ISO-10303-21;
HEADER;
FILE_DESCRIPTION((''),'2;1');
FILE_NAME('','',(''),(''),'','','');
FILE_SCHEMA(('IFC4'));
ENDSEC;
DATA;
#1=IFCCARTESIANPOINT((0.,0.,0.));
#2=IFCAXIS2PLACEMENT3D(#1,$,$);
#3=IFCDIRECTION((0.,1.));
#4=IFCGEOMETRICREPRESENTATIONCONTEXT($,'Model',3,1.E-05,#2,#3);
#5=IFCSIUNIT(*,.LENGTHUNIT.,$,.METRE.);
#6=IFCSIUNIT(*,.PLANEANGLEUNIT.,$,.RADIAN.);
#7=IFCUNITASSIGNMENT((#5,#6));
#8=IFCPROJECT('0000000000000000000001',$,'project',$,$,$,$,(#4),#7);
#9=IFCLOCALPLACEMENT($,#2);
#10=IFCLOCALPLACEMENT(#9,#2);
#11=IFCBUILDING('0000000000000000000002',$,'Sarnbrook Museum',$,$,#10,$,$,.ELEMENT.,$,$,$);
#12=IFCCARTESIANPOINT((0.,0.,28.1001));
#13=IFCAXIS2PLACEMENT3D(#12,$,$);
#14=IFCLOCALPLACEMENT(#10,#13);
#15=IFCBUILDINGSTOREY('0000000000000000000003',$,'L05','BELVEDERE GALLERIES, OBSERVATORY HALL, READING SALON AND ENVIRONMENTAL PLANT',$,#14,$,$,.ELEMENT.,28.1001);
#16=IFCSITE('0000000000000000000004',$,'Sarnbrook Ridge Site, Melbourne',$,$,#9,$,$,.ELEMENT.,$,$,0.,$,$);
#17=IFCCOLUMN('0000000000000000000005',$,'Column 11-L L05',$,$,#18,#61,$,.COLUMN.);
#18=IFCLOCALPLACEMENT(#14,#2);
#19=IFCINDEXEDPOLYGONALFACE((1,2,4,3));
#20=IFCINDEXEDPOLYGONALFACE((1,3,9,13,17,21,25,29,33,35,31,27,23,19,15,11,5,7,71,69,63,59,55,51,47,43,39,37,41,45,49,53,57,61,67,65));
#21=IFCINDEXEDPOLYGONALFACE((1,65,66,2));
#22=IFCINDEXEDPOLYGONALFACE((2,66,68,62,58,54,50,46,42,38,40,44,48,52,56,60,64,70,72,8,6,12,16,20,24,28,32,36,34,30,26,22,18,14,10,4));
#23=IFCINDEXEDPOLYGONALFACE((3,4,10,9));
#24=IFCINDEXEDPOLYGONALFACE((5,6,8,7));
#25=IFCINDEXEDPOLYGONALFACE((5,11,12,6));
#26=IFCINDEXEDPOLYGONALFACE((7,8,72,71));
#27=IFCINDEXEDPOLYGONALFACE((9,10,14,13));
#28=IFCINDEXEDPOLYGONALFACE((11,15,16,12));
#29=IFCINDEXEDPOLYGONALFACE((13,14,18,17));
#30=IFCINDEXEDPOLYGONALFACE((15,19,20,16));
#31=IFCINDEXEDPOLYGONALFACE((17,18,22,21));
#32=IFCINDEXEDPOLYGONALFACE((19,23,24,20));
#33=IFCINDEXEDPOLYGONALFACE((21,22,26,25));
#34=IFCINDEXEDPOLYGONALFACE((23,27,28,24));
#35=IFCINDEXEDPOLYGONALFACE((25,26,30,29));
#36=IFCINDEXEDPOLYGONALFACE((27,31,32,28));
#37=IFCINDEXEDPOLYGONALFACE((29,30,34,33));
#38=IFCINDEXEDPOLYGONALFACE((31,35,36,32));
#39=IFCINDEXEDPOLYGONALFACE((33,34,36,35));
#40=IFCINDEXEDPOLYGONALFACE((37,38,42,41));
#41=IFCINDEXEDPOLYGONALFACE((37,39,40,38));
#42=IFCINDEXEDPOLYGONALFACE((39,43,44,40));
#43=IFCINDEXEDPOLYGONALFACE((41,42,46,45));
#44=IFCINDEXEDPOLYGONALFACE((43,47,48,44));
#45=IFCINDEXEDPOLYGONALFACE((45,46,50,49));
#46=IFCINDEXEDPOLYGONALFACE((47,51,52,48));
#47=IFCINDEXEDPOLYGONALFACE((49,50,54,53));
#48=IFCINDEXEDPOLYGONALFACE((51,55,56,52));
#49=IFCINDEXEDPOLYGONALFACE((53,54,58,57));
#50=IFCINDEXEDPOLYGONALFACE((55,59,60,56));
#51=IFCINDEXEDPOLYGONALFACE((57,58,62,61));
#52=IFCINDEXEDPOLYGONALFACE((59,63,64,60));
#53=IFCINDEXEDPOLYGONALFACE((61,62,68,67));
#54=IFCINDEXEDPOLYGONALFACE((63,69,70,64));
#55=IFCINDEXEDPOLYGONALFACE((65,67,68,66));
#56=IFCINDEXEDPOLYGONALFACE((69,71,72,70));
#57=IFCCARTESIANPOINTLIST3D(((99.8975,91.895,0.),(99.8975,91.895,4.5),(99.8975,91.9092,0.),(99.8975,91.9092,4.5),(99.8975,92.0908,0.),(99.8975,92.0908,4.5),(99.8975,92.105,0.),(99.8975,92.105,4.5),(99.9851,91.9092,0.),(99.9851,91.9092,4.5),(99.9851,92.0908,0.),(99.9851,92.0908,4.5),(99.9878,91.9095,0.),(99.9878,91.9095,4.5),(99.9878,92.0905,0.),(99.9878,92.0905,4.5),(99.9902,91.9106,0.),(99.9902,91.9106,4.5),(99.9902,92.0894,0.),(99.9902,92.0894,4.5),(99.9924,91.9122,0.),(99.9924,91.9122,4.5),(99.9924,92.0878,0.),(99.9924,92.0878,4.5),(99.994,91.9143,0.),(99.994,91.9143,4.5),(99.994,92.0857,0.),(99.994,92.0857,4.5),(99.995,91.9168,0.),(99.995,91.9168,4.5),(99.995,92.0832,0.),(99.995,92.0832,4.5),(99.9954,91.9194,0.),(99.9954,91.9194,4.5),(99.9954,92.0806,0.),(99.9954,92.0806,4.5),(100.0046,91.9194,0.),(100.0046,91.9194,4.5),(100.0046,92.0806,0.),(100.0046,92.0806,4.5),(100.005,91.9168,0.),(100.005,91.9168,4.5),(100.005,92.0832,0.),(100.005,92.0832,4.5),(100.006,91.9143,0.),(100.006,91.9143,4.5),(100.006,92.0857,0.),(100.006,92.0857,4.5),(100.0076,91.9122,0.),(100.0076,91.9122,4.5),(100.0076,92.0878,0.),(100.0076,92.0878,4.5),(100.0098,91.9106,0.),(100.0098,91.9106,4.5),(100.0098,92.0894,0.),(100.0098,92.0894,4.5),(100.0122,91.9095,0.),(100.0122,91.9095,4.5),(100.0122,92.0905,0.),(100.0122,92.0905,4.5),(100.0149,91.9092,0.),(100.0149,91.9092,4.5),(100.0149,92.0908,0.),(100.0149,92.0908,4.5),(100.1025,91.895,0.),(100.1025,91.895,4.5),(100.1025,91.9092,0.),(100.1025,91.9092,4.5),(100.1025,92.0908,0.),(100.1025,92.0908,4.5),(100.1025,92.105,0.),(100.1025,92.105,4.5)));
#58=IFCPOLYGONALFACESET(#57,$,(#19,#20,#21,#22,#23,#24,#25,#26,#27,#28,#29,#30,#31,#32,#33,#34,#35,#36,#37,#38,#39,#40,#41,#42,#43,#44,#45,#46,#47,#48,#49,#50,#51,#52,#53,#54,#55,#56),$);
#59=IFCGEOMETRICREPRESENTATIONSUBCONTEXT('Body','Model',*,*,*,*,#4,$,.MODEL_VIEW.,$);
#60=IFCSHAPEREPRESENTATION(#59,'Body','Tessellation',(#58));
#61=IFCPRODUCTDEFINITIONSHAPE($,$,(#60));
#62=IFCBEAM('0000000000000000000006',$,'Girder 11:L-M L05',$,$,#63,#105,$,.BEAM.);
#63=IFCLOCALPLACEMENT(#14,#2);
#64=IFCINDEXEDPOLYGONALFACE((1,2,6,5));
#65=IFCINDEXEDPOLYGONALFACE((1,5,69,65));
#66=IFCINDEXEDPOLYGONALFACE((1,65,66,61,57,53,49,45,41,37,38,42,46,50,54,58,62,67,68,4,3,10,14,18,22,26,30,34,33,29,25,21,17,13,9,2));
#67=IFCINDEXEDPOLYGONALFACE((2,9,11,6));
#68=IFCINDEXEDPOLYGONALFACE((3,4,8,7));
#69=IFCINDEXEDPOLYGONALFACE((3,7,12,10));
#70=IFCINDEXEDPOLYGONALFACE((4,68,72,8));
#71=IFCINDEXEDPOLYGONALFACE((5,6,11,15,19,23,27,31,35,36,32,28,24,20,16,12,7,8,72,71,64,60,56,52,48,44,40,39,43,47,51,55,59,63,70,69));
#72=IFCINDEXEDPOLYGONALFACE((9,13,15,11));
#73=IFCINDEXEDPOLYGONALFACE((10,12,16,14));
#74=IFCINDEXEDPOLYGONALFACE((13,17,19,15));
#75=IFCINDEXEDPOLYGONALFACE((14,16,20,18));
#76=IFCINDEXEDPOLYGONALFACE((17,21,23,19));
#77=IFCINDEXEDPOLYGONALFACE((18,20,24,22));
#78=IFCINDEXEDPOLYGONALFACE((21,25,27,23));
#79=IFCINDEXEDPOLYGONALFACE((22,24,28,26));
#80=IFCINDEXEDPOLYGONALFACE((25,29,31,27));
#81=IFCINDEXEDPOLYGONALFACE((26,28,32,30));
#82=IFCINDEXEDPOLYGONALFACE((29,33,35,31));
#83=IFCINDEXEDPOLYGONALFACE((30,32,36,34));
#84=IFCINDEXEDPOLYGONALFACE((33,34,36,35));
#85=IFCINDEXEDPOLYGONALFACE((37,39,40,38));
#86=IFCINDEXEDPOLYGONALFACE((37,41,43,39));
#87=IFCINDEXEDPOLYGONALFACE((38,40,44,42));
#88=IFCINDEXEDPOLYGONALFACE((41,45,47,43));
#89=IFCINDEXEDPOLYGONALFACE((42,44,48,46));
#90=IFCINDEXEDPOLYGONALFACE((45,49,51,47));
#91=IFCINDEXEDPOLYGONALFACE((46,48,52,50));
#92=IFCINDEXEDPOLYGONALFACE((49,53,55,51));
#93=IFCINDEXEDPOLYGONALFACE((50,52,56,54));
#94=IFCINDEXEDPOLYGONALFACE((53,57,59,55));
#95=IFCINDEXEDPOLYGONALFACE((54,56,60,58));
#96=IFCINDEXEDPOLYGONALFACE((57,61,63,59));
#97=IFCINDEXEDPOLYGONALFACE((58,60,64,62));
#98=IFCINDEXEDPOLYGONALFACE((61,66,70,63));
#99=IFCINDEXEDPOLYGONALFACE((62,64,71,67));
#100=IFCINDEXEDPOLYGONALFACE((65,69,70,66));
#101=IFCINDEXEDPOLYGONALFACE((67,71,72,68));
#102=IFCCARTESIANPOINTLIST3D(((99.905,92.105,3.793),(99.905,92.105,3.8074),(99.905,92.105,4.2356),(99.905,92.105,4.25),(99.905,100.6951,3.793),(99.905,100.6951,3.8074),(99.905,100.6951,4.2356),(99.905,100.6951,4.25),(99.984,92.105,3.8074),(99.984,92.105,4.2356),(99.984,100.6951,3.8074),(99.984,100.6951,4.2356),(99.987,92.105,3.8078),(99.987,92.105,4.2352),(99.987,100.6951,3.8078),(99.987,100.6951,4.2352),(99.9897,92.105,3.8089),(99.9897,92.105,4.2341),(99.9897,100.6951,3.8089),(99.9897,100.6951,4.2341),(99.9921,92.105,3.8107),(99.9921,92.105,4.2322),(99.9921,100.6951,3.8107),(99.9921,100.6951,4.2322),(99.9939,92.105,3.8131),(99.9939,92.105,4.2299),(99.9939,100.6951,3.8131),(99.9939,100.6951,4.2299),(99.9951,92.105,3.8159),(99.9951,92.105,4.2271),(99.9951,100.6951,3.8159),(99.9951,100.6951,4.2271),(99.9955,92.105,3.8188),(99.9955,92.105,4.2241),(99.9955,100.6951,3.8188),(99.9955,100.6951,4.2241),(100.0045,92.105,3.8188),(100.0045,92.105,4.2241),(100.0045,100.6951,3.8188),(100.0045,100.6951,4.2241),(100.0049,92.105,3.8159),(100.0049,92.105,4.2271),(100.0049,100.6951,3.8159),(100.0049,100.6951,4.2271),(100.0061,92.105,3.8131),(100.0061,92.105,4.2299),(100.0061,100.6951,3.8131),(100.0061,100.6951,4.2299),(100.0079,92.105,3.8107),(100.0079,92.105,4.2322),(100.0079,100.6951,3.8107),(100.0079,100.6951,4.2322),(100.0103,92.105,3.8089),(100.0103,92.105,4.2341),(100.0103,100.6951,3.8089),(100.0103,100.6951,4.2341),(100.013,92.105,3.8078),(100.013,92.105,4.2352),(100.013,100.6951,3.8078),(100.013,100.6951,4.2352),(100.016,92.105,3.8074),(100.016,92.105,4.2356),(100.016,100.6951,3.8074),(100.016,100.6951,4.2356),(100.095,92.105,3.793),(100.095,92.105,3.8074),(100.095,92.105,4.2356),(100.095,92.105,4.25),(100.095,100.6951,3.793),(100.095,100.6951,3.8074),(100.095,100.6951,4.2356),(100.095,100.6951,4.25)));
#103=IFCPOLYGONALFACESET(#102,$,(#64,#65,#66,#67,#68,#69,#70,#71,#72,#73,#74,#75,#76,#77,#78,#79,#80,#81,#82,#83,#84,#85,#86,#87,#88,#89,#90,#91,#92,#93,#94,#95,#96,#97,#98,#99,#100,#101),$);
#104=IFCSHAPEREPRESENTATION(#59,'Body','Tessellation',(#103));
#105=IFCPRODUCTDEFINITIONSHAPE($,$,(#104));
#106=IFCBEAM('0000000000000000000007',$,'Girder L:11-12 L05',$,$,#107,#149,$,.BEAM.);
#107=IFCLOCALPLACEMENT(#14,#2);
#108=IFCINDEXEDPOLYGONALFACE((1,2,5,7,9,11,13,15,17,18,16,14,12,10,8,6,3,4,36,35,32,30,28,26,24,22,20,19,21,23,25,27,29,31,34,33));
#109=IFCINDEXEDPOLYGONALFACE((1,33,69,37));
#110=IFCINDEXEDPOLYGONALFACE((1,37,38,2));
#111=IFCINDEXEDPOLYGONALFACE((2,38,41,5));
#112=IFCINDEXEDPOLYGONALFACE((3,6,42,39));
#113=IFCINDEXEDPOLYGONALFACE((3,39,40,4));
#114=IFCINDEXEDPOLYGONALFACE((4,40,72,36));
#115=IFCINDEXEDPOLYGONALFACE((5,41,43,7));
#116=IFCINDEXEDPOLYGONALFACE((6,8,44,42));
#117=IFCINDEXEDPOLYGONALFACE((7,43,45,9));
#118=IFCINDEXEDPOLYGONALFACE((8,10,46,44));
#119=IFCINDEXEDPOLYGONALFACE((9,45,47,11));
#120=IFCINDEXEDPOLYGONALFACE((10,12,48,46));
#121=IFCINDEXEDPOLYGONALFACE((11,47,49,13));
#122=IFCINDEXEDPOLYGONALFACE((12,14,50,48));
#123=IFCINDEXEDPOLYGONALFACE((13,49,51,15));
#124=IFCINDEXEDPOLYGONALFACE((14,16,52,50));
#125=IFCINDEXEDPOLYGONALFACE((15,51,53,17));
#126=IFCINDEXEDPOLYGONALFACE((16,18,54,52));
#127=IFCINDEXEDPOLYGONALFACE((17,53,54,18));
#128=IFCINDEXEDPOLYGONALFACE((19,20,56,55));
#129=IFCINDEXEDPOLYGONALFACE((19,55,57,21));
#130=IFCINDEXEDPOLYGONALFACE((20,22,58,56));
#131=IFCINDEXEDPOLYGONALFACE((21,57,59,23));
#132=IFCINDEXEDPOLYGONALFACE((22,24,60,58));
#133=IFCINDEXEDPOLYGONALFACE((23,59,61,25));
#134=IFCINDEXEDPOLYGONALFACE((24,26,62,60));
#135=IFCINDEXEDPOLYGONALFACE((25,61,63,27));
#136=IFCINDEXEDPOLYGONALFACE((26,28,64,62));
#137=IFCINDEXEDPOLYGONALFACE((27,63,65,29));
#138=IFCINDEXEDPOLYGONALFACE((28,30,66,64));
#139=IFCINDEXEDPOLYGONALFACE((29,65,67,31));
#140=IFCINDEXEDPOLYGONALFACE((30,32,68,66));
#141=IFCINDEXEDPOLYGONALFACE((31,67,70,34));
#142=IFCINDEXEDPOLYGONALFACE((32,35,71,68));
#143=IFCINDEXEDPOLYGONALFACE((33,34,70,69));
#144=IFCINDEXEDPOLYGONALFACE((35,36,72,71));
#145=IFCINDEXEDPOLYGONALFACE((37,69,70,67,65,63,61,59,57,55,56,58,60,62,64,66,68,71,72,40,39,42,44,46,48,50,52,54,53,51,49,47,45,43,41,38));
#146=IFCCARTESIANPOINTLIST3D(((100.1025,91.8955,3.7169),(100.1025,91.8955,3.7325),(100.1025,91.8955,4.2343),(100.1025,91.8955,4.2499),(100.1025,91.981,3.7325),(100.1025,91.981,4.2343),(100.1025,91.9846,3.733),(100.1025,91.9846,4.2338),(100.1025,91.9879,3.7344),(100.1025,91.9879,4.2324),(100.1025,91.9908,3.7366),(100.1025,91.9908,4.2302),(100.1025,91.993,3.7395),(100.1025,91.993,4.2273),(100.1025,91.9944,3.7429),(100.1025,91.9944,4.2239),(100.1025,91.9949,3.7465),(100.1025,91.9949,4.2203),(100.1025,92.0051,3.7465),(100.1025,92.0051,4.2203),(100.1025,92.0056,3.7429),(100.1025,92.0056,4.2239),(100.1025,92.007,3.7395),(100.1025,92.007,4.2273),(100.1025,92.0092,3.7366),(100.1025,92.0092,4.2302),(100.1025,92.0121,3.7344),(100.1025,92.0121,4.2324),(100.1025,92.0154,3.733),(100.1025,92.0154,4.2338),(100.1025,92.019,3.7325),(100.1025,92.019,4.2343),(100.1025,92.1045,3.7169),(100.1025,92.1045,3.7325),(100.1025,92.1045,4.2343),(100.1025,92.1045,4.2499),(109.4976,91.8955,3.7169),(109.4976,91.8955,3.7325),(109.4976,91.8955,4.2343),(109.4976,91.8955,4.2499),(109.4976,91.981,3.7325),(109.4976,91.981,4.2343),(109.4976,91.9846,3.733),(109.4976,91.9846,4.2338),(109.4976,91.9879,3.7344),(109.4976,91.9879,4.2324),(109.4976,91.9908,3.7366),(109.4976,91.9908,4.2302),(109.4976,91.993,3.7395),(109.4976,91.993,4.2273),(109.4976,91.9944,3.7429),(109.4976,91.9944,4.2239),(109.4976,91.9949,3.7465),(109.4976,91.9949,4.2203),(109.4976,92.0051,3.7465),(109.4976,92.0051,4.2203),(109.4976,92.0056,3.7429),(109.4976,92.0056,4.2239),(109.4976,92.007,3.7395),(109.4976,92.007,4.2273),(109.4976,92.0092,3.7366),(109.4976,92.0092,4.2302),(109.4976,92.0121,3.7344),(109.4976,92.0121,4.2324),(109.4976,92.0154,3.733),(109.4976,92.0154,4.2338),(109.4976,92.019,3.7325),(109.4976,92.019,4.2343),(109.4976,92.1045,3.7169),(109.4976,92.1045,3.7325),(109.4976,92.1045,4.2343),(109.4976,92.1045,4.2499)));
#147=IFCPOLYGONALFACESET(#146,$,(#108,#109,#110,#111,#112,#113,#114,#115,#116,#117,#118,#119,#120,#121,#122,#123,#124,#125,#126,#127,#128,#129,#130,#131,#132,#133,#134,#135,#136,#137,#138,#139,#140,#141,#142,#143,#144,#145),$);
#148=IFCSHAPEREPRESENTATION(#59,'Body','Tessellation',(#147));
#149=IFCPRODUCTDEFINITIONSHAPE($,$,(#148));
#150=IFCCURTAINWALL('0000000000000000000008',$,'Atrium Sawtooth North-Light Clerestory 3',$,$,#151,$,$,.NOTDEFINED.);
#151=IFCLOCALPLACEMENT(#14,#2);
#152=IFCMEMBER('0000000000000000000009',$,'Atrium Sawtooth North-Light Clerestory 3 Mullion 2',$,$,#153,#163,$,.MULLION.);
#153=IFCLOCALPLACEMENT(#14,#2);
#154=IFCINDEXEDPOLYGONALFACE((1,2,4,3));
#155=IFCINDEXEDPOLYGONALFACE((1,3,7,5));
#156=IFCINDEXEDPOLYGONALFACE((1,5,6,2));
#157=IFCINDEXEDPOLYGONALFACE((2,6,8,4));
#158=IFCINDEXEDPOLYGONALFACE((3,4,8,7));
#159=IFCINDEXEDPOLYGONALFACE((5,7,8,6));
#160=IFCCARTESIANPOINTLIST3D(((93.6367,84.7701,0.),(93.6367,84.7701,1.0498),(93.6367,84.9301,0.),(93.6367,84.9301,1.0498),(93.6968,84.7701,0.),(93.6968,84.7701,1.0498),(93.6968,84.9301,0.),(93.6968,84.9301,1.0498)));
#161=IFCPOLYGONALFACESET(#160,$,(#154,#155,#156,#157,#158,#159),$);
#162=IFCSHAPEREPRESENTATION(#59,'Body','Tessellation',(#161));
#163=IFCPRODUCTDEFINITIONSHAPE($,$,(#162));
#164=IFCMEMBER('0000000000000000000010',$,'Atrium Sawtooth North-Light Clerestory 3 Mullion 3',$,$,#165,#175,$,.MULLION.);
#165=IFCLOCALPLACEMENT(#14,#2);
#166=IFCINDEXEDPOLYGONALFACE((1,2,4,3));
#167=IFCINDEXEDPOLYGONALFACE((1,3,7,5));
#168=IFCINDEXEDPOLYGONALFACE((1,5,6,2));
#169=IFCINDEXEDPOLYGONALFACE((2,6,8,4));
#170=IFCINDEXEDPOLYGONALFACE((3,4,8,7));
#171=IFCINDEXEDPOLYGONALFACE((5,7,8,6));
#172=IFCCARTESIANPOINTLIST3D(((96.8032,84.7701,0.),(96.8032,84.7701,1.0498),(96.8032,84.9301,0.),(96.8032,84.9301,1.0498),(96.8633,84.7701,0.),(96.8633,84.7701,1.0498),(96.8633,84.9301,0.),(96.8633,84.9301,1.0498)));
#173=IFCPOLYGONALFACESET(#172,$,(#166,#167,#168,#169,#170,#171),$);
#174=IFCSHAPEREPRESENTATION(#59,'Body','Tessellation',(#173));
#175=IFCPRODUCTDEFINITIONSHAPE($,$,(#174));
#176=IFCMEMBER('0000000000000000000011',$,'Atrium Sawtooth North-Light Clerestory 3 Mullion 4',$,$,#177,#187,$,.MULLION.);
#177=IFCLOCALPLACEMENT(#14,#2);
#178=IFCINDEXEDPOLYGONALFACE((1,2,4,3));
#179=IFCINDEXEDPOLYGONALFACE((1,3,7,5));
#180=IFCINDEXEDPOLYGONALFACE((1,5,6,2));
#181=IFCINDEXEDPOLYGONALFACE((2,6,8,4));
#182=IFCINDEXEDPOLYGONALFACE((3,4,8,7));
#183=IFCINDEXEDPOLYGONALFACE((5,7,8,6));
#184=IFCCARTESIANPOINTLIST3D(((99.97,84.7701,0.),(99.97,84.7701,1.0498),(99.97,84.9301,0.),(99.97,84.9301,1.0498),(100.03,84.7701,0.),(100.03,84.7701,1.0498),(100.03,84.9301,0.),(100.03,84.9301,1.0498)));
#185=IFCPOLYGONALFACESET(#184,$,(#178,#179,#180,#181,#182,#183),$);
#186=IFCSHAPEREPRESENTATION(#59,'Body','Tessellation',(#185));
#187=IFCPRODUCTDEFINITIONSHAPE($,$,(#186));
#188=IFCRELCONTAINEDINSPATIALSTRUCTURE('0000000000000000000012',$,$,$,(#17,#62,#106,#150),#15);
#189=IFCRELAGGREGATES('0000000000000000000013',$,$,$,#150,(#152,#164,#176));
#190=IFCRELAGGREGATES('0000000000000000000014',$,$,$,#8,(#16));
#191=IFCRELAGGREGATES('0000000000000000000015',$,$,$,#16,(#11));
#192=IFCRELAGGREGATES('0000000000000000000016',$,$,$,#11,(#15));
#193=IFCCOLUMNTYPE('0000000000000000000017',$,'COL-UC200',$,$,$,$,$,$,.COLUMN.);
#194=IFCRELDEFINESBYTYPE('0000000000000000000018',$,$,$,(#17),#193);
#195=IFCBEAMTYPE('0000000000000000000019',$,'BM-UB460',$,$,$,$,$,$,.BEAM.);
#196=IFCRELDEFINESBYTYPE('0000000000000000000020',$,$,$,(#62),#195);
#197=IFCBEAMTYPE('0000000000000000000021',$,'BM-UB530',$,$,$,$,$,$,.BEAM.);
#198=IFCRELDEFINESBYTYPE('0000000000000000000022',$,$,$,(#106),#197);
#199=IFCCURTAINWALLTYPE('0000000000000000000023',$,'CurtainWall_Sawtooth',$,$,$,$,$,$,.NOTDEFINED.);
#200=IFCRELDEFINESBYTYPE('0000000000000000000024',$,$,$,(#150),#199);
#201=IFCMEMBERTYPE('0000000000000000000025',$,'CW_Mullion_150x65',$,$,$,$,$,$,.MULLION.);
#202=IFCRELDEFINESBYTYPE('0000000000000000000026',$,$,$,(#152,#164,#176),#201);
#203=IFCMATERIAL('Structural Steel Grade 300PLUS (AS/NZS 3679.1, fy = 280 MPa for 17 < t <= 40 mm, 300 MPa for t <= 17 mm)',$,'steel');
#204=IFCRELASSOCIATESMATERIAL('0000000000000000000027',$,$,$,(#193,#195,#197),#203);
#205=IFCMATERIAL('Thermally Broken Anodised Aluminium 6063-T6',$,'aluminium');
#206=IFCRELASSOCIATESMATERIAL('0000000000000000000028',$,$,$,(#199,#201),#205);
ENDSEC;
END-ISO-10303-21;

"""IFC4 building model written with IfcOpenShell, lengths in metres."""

from ifc_helpers import new_model, si_unit, direction, frame, origin, origin_2d, place, context, subcontext, project, spatial, rectangle, i_section, extrude, material, material_profile, profile_set, type_object, element, aggregate, save


model = new_model("IFC4")

# Units and contexts
model_context = context("Model", 3, precision=1e-05, world=origin(), true_north=direction((0.0, 1.0)))
body_context = subcontext(model_context, "Body", "Model", "MODEL_VIEW")
ifc_project = project(units=[si_unit("LENGTHUNIT", "METRE"), si_unit("PLANEANGLEUNIT", "RADIAN")], contexts=[model_context])

# Site, building, storey
site_placement = place(None, origin())
site = spatial("IfcSite", under=ifc_project, at=site_placement, Name="Sarnbrook Ridge Site, Melbourne", CompositionType="ELEMENT", RefElevation=0.0)
building_placement = place(site_placement, origin())
building = spatial("IfcBuilding", under=site, at=building_placement, Name="Sarnbrook Museum", CompositionType="ELEMENT")
storey_placement = place(building_placement, frame((0.0, 0.0, 28.1001)))
storey = spatial("IfcBuildingStorey", under=building, at=storey_placement, Name="L05", Description="BELVEDERE GALLERIES, OBSERVATORY HALL, READING SALON AND ENVIRONMENTAL PLANT", CompositionType="ELEMENT", Elevation=28.1001)

# Column
ifc_material_1 = material(Name="Structural Steel Grade 300PLUS (AS/NZS 3679.1, fy = 280 MPa for 17 < t <= 40 mm, 300 MPa for t <= 17 mm)", Category="steel")
ifc_material_profile_1 = material_profile(ifc_material_1, i_section(OverallWidth=0.2051, OverallDepth=0.21, WebThickness=0.0093, FlangeThickness=0.0142, FilletRadius=0.0103, at=origin_2d()), Name="200UC59.5")
ifc_profile_set_1 = profile_set([ifc_material_profile_1], Name="Structural Steel Grade 300PLUS (AS/NZS 3679.1, fy = 280 MPa for 17 < t <= 40 mm, 300 MPa for t <= 17 mm)")
column_type = type_object("IfcColumnType", Name="COL-UC200", PredefinedType="COLUMN", material=ifc_profile_set_1)
column_placement = place(storey_placement, frame((100.0, 92.0, 0.0), z_axis=(0.0, 0.0, 1.0), x_axis=(1.0, 0.0, 0.0)))
element("IfcColumn", 1, at=column_placement, inside=storey, type_object=column_type, Name="Column 11-L L05", PredefinedType="COLUMN", context=body_context, shape_type="SweptSolid", body=[
    extrude(i_section(OverallWidth=0.2051, OverallDepth=0.21, WebThickness=0.0093, FlangeThickness=0.0142, FilletRadius=0.0103, at=origin_2d()), origin(), (0.0, 0.0, 1.0), 4.5),
])

# Beams
ifc_material_profile_2 = material_profile(ifc_material_1, i_section(OverallWidth=0.1899, OverallDepth=0.457, WebThickness=0.009, FlangeThickness=0.0144, FilletRadius=0.0115, at=origin_2d()), Name="460UB74.6")
ifc_profile_set_2 = profile_set([ifc_material_profile_2], Name="Structural Steel Grade 300PLUS (AS/NZS 3679.1, fy = 280 MPa for 17 < t <= 40 mm, 300 MPa for t <= 17 mm)")
beam_type_1 = type_object("IfcBeamType", Name="BM-UB460", PredefinedType="BEAM", material=ifc_profile_set_2)
beam_1_placement = place(storey_placement, frame((100.0, 92.105, 4.0215), z_axis=(0.0, 1.0, 0.0), x_axis=(-1.0, 0.0, 0.0)))
element("IfcBeam", 2, at=beam_1_placement, inside=storey, type_object=beam_type_1, Name="Girder 11:L-M L05", PredefinedType="BEAM", context=body_context, shape_type="SweptSolid", body=[
    extrude(i_section(OverallWidth=0.1899, OverallDepth=0.457, WebThickness=0.009, FlangeThickness=0.0144, FilletRadius=0.0115, at=origin_2d()), origin(), (0.0, 0.0, 1.0), 8.5901),
])
ifc_material_profile_3 = material_profile(ifc_material_1, i_section(OverallWidth=0.209, OverallDepth=0.533, WebThickness=0.0103, FlangeThickness=0.0156, FilletRadius=0.0139, at=origin_2d()), Name="530UB92.4")
ifc_profile_set_3 = profile_set([ifc_material_profile_3], Name="Structural Steel Grade 300PLUS (AS/NZS 3679.1, fy = 280 MPa for 17 < t <= 40 mm, 300 MPa for t <= 17 mm)")
beam_type_2 = type_object("IfcBeamType", Name="BM-UB530", PredefinedType="BEAM", material=ifc_profile_set_3)
beam_2_placement = place(storey_placement, frame((100.1025, 92.0, 3.9834), z_axis=(1.0, 0.0, 0.0), x_axis=(0.0, 1.0, 0.0)))
element("IfcBeam", 3, at=beam_2_placement, inside=storey, type_object=beam_type_2, Name="Girder L:11-12 L05", PredefinedType="BEAM", context=body_context, shape_type="SweptSolid", body=[
    extrude(i_section(OverallWidth=0.209, OverallDepth=0.533, WebThickness=0.0103, FlangeThickness=0.0156, FilletRadius=0.0139, at=origin_2d()), origin(), (0.0, 0.0, 1.0), 9.395),
])

# Curtain wall, members
ifc_material_2 = material(Name="Thermally Broken Anodised Aluminium 6063-T6", Category="aluminium")
curtain_wall_type = type_object("IfcCurtainWallType", Name="CurtainWall_Sawtooth", PredefinedType="NOTDEFINED", material=ifc_material_2)
curtain_wall_1_placement = place(storey_placement, origin())
curtain_wall_1 = element("IfcCurtainWall", 4, at=curtain_wall_1_placement, inside=storey, type_object=curtain_wall_type, Name="Atrium Sawtooth North-Light Clerestory 3", PredefinedType="NOTDEFINED")
ifc_material_profile_4 = material_profile(ifc_material_2, rectangle(XDim=0.0601, YDim=0.1599, at=origin_2d()), Name="ALU MULLION 60x160")
ifc_profile_set_4 = profile_set([ifc_material_profile_4], Name="Thermally Broken Anodised Aluminium 6063-T6")
member_type = type_object("IfcMemberType", Name="CW_Mullion_150x65", PredefinedType="MULLION", material=ifc_profile_set_4)
member_1_placement = place(storey_placement, frame((93.6667, 84.8501, 0.0), z_axis=(0.0, 0.0, 1.0), x_axis=(1.0, 0.0, 0.0)))
member_1 = element("IfcMember", 5, at=member_1_placement, type_object=member_type, Name="Atrium Sawtooth North-Light Clerestory 3 Mullion 2", PredefinedType="MULLION", context=body_context, shape_type="SweptSolid", body=[
    extrude(rectangle(XDim=0.0601, YDim=0.1599, at=origin_2d()), origin(), (0.0, 0.0, 1.0), 1.0498),
])
member_2_placement = place(storey_placement, frame((96.8333, 84.8501, 0.0), z_axis=(0.0, 0.0, 1.0), x_axis=(1.0, 0.0, 0.0)))
member_2 = element("IfcMember", 6, at=member_2_placement, type_object=member_type, Name="Atrium Sawtooth North-Light Clerestory 3 Mullion 3", PredefinedType="MULLION", context=body_context, shape_type="SweptSolid", body=[
    extrude(rectangle(XDim=0.0601, YDim=0.1599, at=origin_2d()), origin(), (0.0, 0.0, 1.0), 1.0498),
])
member_3_placement = place(storey_placement, frame((100.0, 84.8501, 0.0), z_axis=(0.0, 0.0, 1.0), x_axis=(1.0, 0.0, 0.0)))
member_3 = element("IfcMember", 7, at=member_3_placement, type_object=member_type, Name="Atrium Sawtooth North-Light Clerestory 3 Mullion 4", PredefinedType="MULLION", context=body_context, shape_type="SweptSolid", body=[
    extrude(rectangle(XDim=0.0601, YDim=0.1599, at=origin_2d()), origin(), (0.0, 0.0, 1.0), 1.0498),
])

aggregate(curtain_wall_1, [member_1, member_2, member_3])

save(model, "model.ifc")
